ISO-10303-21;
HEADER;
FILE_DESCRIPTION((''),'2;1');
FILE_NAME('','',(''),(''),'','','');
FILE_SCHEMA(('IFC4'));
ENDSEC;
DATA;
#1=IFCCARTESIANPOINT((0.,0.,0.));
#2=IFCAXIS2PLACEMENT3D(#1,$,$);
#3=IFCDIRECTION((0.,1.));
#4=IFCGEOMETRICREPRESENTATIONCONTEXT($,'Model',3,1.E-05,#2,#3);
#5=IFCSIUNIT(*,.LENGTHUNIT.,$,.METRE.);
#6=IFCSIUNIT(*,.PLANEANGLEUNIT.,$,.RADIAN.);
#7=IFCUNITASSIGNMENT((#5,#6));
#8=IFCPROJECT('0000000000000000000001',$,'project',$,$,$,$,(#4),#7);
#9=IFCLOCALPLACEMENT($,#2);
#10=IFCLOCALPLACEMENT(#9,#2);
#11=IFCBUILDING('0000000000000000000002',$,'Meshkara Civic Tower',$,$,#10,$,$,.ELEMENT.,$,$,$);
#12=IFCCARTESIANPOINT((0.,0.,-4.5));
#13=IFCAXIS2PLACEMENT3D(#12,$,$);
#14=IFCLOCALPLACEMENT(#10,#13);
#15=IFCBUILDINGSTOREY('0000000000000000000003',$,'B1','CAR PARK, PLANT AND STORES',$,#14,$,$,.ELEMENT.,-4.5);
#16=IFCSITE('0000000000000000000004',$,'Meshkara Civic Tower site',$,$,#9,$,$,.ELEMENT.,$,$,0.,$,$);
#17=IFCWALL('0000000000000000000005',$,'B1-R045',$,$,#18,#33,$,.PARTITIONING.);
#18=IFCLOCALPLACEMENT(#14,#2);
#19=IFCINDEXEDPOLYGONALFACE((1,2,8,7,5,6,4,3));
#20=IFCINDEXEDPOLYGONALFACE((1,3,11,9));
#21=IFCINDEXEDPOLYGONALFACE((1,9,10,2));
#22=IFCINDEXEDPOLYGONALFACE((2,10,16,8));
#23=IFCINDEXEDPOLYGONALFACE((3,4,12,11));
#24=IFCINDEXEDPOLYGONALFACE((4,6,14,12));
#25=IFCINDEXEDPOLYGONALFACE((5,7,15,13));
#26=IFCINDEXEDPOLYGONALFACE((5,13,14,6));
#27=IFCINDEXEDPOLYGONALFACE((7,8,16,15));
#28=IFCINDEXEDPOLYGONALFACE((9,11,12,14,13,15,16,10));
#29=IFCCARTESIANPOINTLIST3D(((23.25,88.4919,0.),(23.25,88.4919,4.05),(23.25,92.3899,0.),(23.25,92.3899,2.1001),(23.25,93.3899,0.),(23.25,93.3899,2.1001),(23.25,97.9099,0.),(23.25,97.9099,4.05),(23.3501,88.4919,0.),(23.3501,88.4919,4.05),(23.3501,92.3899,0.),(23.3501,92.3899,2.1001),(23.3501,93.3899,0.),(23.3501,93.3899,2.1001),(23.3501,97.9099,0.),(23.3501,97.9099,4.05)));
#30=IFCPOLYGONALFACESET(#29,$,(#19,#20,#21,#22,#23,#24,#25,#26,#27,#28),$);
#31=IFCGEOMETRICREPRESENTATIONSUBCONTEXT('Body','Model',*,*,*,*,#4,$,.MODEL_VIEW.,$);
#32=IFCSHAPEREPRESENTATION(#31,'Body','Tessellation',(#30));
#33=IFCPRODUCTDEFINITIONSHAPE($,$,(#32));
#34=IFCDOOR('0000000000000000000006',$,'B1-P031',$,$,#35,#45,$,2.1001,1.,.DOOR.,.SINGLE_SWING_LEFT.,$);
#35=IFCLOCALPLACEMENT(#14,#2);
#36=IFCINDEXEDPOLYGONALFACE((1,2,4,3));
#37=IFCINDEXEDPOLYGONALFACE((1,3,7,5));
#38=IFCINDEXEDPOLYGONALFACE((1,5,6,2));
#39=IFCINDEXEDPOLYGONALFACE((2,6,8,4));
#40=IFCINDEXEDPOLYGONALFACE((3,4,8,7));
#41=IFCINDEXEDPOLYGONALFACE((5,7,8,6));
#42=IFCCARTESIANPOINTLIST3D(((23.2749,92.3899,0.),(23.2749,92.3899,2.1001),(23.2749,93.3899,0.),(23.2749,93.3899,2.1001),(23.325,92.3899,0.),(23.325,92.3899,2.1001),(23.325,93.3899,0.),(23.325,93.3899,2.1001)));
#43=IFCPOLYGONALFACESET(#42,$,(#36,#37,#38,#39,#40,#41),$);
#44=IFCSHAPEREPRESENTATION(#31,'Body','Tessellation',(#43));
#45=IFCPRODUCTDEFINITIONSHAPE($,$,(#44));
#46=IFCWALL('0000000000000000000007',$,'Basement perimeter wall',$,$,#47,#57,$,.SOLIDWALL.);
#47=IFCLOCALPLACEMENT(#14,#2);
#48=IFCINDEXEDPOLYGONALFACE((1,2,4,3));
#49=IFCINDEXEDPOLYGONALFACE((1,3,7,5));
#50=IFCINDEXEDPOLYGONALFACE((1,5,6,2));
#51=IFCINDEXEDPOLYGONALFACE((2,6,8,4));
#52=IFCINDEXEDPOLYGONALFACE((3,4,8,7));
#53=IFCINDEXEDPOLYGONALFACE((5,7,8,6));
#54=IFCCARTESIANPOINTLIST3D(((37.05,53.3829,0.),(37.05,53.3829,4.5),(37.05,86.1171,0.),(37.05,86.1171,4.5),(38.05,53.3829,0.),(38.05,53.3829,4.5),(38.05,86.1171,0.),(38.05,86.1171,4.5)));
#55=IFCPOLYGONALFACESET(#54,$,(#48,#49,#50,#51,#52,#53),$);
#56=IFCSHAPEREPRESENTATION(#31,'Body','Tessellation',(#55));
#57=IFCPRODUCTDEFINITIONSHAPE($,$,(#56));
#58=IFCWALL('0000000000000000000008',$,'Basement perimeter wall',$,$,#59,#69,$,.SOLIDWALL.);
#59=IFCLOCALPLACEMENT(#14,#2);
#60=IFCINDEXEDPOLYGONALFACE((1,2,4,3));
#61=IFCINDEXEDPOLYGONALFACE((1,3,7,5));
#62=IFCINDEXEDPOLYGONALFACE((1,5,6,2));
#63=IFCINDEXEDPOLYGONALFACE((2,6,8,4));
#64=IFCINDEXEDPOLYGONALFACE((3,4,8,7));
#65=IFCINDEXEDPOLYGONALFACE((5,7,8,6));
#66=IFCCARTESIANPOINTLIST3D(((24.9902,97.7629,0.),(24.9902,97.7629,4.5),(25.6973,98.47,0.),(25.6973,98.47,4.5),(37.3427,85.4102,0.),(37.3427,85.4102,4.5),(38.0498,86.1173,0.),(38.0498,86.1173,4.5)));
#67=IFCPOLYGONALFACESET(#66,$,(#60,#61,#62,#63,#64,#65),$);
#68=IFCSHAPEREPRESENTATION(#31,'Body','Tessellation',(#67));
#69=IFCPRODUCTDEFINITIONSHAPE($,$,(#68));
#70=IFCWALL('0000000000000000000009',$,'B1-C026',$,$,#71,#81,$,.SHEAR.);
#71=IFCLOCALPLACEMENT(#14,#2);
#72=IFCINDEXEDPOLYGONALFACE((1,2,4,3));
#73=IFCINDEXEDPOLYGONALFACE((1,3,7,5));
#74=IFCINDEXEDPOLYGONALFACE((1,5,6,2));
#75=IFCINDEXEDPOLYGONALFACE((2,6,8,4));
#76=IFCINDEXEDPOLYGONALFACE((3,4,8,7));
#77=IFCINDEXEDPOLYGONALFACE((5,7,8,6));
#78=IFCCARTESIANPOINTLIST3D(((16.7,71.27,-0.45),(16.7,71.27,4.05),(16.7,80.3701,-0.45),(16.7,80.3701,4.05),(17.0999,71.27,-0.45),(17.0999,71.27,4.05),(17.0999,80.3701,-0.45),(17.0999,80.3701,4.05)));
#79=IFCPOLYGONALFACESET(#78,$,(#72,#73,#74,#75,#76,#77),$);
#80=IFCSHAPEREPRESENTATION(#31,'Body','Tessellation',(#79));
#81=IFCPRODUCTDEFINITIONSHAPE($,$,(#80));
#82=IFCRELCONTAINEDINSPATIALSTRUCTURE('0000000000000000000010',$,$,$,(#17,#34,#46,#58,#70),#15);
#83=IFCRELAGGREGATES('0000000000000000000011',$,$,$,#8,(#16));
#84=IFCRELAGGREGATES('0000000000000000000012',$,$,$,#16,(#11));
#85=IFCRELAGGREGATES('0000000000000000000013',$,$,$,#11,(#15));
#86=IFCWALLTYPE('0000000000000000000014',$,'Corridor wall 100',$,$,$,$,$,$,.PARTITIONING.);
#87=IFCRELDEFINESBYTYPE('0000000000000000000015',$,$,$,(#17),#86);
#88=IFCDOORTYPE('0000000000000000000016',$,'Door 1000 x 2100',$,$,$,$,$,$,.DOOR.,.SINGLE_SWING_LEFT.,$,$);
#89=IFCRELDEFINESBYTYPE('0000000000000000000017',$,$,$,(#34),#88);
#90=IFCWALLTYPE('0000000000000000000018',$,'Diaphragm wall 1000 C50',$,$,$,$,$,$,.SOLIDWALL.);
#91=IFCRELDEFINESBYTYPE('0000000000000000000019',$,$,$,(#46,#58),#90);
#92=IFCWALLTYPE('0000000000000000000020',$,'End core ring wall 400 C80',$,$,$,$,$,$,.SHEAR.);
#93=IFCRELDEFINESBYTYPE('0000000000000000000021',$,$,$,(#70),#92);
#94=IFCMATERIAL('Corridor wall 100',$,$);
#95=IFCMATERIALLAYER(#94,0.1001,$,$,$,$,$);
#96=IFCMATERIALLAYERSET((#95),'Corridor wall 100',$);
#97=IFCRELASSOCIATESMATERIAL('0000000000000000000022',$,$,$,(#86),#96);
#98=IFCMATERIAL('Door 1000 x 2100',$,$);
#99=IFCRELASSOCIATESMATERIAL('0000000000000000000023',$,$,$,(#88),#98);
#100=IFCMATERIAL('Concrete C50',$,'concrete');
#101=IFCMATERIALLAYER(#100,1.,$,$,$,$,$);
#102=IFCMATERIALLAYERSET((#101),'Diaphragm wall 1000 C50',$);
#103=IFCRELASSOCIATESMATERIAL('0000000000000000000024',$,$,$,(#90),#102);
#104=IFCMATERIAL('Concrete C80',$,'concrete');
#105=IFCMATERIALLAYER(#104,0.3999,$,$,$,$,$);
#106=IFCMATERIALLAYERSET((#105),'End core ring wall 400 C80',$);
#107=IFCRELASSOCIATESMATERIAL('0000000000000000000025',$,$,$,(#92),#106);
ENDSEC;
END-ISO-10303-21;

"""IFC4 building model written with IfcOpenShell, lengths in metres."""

from ifc_helpers import new_model, si_unit, direction, frame, frame_2d, origin, place, context, subcontext, project, spatial, rectangle, extrude, material, layer, layer_set, type_object, element, fill, save


model = new_model("IFC4")

# Units and contexts
model_context = context("Model", 3, precision=1e-05, world=origin(), true_north=direction((0.0, 1.0)))
body_context = subcontext(model_context, "Body", "Model", "MODEL_VIEW")
ifc_project = project(units=[si_unit("LENGTHUNIT", "METRE"), si_unit("PLANEANGLEUNIT", "RADIAN")], contexts=[model_context])

# Site, building, storey
site_placement = place(None, origin())
site = spatial("IfcSite", under=ifc_project, at=site_placement, Name="Meshkara Civic Tower site", CompositionType="ELEMENT", RefElevation=0.0)
building_placement = place(site_placement, origin())
building = spatial("IfcBuilding", under=site, at=building_placement, Name="Meshkara Civic Tower", CompositionType="ELEMENT")
storey_placement = place(building_placement, frame((0.0, 0.0, -4.5)))
storey = spatial("IfcBuildingStorey", under=building, at=storey_placement, Name="B1", Description="CAR PARK, PLANT AND STORES", CompositionType="ELEMENT", Elevation=-4.5)

# Shared definitions
ifc_material_1 = material(Name="Corridor wall 100")
ifc_layer_1 = layer(ifc_material_1, 0.1001)
ifc_layer_set_1 = layer_set([ifc_layer_1], Name="Corridor wall 100")
wall_type_1 = type_object("IfcWallType", Name="Corridor wall 100", PredefinedType="PARTITIONING", material=ifc_layer_set_1)

# Wall, opening, door
wall_1_placement = place(storey_placement, frame((23.3, 97.9099, 0.0), z_axis=(0.0, 0.0, 1.0), x_axis=(0.0, -1.0, 0.0)))
wall_1 = element("IfcWall", 1, at=wall_1_placement, inside=storey, type_object=wall_type_1, Name="B1-R045", PredefinedType="PARTITIONING", context=body_context, shape_type="SweptSolid", body=[
    extrude(rectangle(XDim=9.418, YDim=0.1001, at=frame_2d((4.709, 0.0))), origin(), (0.0, 0.0, 1.0), 4.05),
])
opening_placement = place(wall_1_placement, frame((4.52, 0.0, 0.0)))
opening = element("IfcOpeningElement", 2, at=opening_placement, cuts=wall_1, PredefinedType="OPENING", context=body_context, shape_type="SweptSolid", body=[
    extrude(rectangle(XDim=1.0, YDim=2.1001, at=frame_2d((0.5, 1.05))), frame((0.0, 0.0601, 0.0), z_axis=(0.0, -1.0, 0.0), x_axis=(1.0, 0.0, 0.0)), (0.0, 0.0, 1.0), 0.1201),
])
ifc_material_2 = material(Name="Door 1000 x 2100")
door_type = type_object("IfcDoorType", Name="Door 1000 x 2100", OperationType="SINGLE_SWING_LEFT", PredefinedType="DOOR", material=ifc_material_2)
door_placement = place(opening_placement, origin())
door = element("IfcDoor", 3, at=door_placement, inside=storey, type_object=door_type, Name="B1-P031", OperationType="SINGLE_SWING_LEFT", OverallHeight=2.1001, OverallWidth=1.0, PredefinedType="DOOR", context=body_context, shape_type="SweptSolid", body=[
    extrude(rectangle(XDim=1.0, YDim=2.1001, at=frame_2d((0.5, 1.05))), frame((0.0, 0.0249, 0.0), z_axis=(0.0, -1.0, 0.0), x_axis=(1.0, 0.0, 0.0)), (0.0, 0.0, 1.0), 0.05),
])
fill(opening, door)

# Walls
ifc_material_3 = material(Name="Concrete C50", Category="concrete")
ifc_layer_2 = layer(ifc_material_3, 1.0)
ifc_layer_set_2 = layer_set([ifc_layer_2], Name="Diaphragm wall 1000 C50")
wall_type_2 = type_object("IfcWallType", Name="Diaphragm wall 1000 C50", PredefinedType="SOLIDWALL", material=ifc_layer_set_2)
wall_2_placement = place(storey_placement, frame((37.55, 86.1172, 0.0), z_axis=(0.0, 0.0, 1.0), x_axis=(0.0, -1.0, 0.0)))
element("IfcWall", 4, at=wall_2_placement, inside=storey, type_object=wall_type_2, Name="Basement perimeter wall", PredefinedType="SOLIDWALL", context=body_context, shape_type="SweptSolid", body=[
    extrude(rectangle(XDim=32.7341, YDim=1.0, at=frame_2d((16.3672, 0.0))), origin(), (0.0, 0.0, 1.0), 4.5),
])
wall_3_placement = place(storey_placement, frame((25.3438, 98.1165, 0.0), z_axis=(0.0, 0.0, 1.0), x_axis=(0.7071, -0.707114, 0.0)))
element("IfcWall", 5, at=wall_3_placement, inside=storey, type_object=wall_type_2, Name="Basement perimeter wall", PredefinedType="SOLIDWALL", context=body_context, shape_type="SweptSolid", body=[
    extrude(rectangle(XDim=17.4692, YDim=1.0, at=frame_2d((8.7346, 0.0))), origin(), (0.0, 0.0, 1.0), 4.5),
])
ifc_material_4 = material(Name="Concrete C80", Category="concrete")
ifc_layer_3 = layer(ifc_material_4, 0.3999)
ifc_layer_set_3 = layer_set([ifc_layer_3], Name="End core ring wall 400 C80")
wall_type_3 = type_object("IfcWallType", Name="End core ring wall 400 C80", PredefinedType="SHEAR", material=ifc_layer_set_3)
wall_4_placement = place(storey_placement, frame((16.8999, 71.27, -0.45), z_axis=(0.0, 0.0, 1.0), x_axis=(0.0, 1.0, 0.0)))
element("IfcWall", 6, at=wall_4_placement, inside=storey, type_object=wall_type_3, Name="B1-C026", PredefinedType="SHEAR", context=body_context, shape_type="SweptSolid", body=[
    extrude(rectangle(XDim=9.1001, YDim=0.3999, at=frame_2d((4.55, 0.0))), origin(), (0.0, 0.0, 1.0), 4.5),
])

save(model, "model.ifc")
